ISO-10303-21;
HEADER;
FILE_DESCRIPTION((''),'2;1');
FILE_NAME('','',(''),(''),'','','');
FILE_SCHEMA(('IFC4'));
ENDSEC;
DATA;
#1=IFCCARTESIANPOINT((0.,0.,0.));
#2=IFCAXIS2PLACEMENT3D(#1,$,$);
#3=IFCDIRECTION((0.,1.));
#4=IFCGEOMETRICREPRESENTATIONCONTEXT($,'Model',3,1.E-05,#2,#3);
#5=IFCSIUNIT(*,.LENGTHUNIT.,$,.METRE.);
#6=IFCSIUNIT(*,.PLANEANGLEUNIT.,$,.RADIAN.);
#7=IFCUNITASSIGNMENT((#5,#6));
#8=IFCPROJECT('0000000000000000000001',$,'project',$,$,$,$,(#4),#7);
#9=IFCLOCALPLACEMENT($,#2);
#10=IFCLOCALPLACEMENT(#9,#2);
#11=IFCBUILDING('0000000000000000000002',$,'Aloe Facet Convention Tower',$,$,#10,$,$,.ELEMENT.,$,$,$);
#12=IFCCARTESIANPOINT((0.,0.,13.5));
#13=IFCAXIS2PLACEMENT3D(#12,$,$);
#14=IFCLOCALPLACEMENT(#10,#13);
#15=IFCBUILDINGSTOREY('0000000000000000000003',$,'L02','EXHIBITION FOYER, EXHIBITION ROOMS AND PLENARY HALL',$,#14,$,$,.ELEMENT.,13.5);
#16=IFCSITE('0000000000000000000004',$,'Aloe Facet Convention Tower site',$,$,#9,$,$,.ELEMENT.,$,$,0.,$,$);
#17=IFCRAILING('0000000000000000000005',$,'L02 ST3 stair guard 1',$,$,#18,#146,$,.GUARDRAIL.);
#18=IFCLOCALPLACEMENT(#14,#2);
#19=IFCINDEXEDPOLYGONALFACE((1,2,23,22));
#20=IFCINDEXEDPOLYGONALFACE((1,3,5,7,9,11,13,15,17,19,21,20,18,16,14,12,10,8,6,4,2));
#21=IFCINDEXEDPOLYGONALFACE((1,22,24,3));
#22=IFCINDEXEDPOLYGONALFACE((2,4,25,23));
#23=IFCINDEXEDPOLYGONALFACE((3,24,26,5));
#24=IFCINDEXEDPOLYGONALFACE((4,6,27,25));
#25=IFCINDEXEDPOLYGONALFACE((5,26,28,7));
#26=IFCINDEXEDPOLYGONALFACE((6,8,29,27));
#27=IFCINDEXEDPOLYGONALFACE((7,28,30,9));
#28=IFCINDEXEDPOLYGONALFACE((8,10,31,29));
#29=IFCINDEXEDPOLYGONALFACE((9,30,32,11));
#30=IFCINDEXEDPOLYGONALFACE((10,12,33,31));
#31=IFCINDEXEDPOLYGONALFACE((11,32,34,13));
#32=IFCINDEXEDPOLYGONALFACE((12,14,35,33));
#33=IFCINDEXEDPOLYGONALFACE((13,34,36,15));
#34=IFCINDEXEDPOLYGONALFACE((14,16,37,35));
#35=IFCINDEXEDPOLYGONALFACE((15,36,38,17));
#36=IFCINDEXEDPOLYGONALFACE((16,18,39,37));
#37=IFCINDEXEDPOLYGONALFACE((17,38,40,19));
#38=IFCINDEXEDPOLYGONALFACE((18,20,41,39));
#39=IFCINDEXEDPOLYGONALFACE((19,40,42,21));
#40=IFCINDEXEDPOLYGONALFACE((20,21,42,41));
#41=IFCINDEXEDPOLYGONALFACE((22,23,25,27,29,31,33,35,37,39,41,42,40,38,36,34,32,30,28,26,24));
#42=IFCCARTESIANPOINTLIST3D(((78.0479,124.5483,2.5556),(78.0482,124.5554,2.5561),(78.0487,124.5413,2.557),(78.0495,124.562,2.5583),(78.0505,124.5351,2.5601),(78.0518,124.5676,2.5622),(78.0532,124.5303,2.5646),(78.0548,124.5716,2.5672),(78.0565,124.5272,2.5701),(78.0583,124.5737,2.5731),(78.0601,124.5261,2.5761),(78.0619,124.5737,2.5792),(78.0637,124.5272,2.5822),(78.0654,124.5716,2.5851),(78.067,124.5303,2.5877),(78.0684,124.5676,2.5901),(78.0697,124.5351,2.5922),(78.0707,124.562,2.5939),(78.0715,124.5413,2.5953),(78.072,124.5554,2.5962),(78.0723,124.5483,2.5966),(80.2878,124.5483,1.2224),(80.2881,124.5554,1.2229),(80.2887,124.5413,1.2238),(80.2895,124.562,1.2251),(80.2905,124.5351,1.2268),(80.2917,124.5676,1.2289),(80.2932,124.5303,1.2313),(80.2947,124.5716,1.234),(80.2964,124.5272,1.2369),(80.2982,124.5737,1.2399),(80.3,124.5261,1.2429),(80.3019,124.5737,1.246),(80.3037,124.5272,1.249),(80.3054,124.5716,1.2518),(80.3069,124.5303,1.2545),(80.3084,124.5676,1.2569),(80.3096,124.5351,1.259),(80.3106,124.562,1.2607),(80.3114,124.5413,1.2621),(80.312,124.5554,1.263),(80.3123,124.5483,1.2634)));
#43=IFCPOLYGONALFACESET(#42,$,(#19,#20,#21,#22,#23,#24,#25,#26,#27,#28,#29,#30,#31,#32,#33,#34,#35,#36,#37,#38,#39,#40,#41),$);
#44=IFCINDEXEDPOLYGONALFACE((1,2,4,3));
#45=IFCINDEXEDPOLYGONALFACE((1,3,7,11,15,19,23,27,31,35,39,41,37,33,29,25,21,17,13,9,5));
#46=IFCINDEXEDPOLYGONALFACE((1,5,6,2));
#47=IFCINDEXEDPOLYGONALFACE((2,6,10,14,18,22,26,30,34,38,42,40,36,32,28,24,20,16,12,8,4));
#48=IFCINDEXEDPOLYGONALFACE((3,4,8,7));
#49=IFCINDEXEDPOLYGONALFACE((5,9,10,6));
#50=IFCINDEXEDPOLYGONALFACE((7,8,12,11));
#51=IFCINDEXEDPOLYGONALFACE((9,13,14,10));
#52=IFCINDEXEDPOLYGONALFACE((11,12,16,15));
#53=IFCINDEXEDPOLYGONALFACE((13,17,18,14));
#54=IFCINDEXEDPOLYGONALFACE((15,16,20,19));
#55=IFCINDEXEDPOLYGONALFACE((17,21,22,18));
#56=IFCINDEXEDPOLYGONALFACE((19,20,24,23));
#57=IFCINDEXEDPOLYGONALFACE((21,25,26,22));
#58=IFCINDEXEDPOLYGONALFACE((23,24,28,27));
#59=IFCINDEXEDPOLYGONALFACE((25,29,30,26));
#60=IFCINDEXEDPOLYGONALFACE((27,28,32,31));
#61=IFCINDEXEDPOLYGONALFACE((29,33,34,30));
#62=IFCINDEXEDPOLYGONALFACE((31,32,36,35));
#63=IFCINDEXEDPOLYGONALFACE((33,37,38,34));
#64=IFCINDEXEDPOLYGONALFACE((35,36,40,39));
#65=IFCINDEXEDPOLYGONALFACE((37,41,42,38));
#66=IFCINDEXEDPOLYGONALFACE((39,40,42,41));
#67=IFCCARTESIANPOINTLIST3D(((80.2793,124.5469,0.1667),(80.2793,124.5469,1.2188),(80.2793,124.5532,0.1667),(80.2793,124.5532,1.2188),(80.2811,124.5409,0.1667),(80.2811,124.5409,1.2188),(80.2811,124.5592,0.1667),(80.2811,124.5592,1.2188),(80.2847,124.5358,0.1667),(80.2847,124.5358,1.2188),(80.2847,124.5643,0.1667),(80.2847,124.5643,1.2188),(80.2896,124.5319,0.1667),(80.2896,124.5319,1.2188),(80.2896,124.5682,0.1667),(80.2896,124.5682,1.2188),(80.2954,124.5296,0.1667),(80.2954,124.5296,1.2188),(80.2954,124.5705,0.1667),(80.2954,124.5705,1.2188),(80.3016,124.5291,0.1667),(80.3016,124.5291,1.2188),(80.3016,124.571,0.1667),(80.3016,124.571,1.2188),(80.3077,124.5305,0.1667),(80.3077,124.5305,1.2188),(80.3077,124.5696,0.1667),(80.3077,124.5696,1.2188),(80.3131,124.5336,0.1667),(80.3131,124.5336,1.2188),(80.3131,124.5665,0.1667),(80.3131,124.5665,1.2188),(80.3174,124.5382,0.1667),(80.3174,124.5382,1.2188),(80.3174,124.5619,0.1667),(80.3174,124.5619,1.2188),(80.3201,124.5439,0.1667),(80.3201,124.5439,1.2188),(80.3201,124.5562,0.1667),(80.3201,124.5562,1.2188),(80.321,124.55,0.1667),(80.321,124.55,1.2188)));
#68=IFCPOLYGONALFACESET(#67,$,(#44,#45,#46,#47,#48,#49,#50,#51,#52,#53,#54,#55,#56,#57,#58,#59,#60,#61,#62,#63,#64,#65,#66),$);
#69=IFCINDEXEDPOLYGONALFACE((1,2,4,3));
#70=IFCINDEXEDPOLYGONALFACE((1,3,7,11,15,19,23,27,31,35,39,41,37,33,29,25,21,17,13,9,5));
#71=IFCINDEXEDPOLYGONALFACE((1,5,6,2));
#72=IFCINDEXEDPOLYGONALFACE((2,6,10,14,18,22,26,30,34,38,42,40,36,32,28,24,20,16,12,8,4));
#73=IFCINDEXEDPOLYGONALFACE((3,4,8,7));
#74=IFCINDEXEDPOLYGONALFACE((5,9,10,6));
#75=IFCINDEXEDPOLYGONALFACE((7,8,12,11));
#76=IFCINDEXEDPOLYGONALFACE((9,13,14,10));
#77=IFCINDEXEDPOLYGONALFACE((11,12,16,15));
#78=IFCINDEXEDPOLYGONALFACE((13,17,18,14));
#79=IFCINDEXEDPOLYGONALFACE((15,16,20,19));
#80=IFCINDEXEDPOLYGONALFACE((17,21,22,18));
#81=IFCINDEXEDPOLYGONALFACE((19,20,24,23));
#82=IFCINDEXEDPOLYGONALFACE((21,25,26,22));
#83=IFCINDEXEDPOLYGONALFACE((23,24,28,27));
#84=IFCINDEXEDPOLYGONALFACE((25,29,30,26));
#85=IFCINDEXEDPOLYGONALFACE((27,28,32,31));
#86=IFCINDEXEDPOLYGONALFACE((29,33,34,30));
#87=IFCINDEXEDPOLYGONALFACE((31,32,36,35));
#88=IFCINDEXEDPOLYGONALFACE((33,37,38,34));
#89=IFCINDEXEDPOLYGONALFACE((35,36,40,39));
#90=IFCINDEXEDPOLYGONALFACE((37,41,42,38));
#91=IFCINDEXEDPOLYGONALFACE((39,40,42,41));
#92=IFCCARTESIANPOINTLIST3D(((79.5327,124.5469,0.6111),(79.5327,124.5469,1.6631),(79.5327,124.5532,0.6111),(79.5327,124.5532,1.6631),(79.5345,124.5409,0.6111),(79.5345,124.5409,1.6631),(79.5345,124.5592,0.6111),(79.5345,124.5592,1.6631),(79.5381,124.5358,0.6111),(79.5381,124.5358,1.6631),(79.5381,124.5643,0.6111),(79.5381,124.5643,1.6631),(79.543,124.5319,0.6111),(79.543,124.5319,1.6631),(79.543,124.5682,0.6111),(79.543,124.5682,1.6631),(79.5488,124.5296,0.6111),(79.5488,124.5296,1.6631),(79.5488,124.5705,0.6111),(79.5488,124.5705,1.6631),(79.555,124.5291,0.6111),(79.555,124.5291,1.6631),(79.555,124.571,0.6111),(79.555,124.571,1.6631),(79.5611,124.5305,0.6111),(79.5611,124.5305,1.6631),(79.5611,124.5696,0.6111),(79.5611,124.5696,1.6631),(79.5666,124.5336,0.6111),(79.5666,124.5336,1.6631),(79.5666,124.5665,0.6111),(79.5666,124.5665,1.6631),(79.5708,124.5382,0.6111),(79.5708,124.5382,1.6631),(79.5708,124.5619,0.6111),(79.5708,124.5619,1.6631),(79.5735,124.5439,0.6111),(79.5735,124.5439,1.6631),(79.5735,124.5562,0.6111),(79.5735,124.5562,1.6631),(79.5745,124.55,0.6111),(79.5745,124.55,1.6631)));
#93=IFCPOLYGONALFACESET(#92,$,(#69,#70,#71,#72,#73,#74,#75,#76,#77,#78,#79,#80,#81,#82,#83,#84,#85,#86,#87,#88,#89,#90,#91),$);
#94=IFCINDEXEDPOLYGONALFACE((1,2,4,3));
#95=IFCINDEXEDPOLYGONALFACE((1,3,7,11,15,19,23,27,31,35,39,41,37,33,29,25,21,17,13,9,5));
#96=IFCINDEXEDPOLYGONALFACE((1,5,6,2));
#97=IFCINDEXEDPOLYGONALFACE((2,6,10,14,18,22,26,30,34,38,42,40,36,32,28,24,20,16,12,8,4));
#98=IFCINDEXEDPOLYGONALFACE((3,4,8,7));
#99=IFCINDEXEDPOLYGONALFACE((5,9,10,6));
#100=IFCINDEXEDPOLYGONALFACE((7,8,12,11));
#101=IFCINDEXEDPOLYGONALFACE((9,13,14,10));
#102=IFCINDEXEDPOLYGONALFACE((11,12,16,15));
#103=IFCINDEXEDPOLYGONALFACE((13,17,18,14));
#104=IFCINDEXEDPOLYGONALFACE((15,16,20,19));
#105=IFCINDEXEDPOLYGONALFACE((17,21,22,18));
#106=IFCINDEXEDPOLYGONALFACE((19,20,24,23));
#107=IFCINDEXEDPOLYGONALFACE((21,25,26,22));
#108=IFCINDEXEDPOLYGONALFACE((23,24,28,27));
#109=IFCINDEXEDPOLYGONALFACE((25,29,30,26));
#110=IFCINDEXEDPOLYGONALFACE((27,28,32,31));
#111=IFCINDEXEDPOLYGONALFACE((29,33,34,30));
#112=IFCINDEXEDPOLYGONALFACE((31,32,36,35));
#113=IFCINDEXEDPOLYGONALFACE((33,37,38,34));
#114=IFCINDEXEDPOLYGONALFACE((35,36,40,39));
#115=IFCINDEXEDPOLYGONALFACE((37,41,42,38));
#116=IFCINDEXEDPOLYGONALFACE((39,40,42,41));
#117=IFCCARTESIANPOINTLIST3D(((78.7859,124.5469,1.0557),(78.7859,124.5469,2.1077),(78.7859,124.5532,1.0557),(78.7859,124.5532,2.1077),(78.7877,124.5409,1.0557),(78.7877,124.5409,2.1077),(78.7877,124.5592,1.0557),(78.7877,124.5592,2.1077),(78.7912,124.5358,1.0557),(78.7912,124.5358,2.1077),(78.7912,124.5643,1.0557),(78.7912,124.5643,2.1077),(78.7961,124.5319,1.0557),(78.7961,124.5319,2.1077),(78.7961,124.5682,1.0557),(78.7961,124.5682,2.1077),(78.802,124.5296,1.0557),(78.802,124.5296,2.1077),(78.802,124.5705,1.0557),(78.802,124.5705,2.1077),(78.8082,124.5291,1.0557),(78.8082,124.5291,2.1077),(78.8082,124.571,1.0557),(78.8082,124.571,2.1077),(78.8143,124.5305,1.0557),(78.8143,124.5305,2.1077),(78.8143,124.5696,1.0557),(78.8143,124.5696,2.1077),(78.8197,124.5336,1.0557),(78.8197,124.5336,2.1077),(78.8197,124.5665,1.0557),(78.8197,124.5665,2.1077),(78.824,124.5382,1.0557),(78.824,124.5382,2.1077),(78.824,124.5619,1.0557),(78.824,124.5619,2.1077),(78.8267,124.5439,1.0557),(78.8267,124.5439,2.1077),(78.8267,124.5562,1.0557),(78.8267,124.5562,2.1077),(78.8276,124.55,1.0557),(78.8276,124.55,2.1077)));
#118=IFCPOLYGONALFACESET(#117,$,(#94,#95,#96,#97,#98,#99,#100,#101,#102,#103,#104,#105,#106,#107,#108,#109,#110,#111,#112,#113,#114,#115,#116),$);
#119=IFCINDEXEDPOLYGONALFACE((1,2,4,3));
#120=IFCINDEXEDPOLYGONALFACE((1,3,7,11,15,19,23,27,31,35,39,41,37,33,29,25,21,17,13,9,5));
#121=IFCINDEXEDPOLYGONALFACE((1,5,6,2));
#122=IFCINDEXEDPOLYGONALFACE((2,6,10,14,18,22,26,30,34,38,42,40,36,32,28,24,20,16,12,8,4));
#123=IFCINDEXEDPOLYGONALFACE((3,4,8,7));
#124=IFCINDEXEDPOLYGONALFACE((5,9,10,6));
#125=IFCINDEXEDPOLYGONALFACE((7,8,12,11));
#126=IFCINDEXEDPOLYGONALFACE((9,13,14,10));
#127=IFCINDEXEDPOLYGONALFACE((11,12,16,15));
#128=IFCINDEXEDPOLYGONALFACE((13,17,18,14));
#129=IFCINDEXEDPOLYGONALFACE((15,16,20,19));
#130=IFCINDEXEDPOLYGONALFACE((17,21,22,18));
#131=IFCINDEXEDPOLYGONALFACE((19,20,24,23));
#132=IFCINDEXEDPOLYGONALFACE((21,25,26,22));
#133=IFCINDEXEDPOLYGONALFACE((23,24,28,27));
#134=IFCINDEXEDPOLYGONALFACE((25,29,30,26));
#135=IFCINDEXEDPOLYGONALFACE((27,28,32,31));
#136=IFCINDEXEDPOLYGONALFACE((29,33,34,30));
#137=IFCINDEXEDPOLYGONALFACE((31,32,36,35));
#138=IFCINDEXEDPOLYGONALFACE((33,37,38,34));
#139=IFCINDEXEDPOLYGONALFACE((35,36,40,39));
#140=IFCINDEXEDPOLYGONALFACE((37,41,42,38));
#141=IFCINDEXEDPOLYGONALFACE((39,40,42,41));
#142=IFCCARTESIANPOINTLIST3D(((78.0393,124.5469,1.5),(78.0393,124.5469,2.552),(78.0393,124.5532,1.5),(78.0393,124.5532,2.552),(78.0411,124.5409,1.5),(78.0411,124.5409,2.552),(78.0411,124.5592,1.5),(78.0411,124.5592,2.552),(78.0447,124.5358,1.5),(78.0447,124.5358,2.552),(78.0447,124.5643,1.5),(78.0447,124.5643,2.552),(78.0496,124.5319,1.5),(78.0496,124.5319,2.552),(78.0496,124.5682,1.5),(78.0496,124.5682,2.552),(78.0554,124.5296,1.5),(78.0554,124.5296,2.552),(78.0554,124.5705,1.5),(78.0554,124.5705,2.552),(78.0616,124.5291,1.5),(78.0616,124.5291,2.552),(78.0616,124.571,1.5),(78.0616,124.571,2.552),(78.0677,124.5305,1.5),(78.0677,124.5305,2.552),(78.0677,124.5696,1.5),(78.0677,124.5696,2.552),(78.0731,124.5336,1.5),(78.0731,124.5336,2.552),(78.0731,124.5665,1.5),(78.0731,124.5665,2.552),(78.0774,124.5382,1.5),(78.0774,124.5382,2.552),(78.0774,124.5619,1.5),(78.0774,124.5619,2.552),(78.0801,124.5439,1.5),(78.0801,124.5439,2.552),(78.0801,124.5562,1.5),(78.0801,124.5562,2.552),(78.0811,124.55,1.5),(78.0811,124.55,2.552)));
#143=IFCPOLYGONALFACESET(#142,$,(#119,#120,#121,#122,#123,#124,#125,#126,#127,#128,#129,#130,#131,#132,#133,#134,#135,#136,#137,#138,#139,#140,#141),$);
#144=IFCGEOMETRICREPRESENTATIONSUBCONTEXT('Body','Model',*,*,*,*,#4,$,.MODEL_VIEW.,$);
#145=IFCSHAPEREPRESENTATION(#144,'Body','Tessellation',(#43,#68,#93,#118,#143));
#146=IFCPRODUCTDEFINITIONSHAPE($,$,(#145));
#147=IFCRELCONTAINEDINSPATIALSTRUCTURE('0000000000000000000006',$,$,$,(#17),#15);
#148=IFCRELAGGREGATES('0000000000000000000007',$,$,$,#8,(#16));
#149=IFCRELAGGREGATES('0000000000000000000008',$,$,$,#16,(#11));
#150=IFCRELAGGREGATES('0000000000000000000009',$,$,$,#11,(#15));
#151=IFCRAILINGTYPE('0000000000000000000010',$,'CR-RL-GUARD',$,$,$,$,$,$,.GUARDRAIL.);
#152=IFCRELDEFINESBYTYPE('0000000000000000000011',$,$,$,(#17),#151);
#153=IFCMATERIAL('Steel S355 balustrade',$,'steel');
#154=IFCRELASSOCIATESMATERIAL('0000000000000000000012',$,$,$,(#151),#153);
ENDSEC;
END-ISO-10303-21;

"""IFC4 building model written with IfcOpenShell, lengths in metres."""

from ifc_helpers import new_model, si_unit, direction, frame, origin, origin_2d, place, context, subcontext, project, spatial, circle, extrude, material, type_object, element, save


model = new_model("IFC4")

# Units and contexts
model_context = context("Model", 3, precision=1e-05, world=origin(), true_north=direction((0.0, 1.0)))
body_context = subcontext(model_context, "Body", "Model", "MODEL_VIEW")
ifc_project = project(units=[si_unit("LENGTHUNIT", "METRE"), si_unit("PLANEANGLEUNIT", "RADIAN")], contexts=[model_context])

# Site, building, storey
site_placement = place(None, origin())
site = spatial("IfcSite", under=ifc_project, at=site_placement, Name="Aloe Facet Convention Tower site", CompositionType="ELEMENT", RefElevation=0.0)
building_placement = place(site_placement, origin())
building = spatial("IfcBuilding", under=site, at=building_placement, Name="Aloe Facet Convention Tower", CompositionType="ELEMENT")
storey_placement = place(building_placement, frame((0.0, 0.0, 13.5)))
storey = spatial("IfcBuildingStorey", under=building, at=storey_placement, Name="L02", Description="EXHIBITION FOYER, EXHIBITION ROOMS AND PLENARY HALL", CompositionType="ELEMENT", Elevation=13.5)

# Railing
ifc_material_1 = material(Name="Steel S355 balustrade", Category="steel")
railing_type_1 = type_object("IfcRailingType", Name="CR-RL-GUARD", PredefinedType="GUARDRAIL", material=ifc_material_1)
railing_1_placement = place(storey_placement, frame((80.3, 124.55, 0.1667)))
element("IfcRailing", 1, at=railing_1_placement, inside=storey, type_object=railing_type_1, Name="L02 ST3 stair guard 1", PredefinedType="GUARDRAIL", context=body_context, shape_type="SweptSolid", body=[
    extrude(circle(Radius=0.0239, at=origin_2d()), frame((0.0, 0.0, 1.0762), z_axis=(-0.859306, 0.0, 0.511462), x_axis=(0.0, -1.0, 0.0)), (0.0, 0.0, 1.0), 2.6067),
    extrude(circle(Radius=0.021, at=origin_2d()), origin(), (0.0, 0.0, 1.0), 1.052),
    extrude(circle(Radius=0.021, at=origin_2d()), frame((-0.7466, 0.0, 0.4443)), (0.0, 0.0, 1.0), 1.052),
    extrude(circle(Radius=0.021, at=origin_2d()), frame((-1.4934, 0.0, 0.8889)), (0.0, 0.0, 1.0), 1.052),
    extrude(circle(Radius=0.021, at=origin_2d()), frame((-2.24, 0.0, 1.3333)), (0.0, 0.0, 1.0), 1.052),
])

save(model, "model.ifc")
